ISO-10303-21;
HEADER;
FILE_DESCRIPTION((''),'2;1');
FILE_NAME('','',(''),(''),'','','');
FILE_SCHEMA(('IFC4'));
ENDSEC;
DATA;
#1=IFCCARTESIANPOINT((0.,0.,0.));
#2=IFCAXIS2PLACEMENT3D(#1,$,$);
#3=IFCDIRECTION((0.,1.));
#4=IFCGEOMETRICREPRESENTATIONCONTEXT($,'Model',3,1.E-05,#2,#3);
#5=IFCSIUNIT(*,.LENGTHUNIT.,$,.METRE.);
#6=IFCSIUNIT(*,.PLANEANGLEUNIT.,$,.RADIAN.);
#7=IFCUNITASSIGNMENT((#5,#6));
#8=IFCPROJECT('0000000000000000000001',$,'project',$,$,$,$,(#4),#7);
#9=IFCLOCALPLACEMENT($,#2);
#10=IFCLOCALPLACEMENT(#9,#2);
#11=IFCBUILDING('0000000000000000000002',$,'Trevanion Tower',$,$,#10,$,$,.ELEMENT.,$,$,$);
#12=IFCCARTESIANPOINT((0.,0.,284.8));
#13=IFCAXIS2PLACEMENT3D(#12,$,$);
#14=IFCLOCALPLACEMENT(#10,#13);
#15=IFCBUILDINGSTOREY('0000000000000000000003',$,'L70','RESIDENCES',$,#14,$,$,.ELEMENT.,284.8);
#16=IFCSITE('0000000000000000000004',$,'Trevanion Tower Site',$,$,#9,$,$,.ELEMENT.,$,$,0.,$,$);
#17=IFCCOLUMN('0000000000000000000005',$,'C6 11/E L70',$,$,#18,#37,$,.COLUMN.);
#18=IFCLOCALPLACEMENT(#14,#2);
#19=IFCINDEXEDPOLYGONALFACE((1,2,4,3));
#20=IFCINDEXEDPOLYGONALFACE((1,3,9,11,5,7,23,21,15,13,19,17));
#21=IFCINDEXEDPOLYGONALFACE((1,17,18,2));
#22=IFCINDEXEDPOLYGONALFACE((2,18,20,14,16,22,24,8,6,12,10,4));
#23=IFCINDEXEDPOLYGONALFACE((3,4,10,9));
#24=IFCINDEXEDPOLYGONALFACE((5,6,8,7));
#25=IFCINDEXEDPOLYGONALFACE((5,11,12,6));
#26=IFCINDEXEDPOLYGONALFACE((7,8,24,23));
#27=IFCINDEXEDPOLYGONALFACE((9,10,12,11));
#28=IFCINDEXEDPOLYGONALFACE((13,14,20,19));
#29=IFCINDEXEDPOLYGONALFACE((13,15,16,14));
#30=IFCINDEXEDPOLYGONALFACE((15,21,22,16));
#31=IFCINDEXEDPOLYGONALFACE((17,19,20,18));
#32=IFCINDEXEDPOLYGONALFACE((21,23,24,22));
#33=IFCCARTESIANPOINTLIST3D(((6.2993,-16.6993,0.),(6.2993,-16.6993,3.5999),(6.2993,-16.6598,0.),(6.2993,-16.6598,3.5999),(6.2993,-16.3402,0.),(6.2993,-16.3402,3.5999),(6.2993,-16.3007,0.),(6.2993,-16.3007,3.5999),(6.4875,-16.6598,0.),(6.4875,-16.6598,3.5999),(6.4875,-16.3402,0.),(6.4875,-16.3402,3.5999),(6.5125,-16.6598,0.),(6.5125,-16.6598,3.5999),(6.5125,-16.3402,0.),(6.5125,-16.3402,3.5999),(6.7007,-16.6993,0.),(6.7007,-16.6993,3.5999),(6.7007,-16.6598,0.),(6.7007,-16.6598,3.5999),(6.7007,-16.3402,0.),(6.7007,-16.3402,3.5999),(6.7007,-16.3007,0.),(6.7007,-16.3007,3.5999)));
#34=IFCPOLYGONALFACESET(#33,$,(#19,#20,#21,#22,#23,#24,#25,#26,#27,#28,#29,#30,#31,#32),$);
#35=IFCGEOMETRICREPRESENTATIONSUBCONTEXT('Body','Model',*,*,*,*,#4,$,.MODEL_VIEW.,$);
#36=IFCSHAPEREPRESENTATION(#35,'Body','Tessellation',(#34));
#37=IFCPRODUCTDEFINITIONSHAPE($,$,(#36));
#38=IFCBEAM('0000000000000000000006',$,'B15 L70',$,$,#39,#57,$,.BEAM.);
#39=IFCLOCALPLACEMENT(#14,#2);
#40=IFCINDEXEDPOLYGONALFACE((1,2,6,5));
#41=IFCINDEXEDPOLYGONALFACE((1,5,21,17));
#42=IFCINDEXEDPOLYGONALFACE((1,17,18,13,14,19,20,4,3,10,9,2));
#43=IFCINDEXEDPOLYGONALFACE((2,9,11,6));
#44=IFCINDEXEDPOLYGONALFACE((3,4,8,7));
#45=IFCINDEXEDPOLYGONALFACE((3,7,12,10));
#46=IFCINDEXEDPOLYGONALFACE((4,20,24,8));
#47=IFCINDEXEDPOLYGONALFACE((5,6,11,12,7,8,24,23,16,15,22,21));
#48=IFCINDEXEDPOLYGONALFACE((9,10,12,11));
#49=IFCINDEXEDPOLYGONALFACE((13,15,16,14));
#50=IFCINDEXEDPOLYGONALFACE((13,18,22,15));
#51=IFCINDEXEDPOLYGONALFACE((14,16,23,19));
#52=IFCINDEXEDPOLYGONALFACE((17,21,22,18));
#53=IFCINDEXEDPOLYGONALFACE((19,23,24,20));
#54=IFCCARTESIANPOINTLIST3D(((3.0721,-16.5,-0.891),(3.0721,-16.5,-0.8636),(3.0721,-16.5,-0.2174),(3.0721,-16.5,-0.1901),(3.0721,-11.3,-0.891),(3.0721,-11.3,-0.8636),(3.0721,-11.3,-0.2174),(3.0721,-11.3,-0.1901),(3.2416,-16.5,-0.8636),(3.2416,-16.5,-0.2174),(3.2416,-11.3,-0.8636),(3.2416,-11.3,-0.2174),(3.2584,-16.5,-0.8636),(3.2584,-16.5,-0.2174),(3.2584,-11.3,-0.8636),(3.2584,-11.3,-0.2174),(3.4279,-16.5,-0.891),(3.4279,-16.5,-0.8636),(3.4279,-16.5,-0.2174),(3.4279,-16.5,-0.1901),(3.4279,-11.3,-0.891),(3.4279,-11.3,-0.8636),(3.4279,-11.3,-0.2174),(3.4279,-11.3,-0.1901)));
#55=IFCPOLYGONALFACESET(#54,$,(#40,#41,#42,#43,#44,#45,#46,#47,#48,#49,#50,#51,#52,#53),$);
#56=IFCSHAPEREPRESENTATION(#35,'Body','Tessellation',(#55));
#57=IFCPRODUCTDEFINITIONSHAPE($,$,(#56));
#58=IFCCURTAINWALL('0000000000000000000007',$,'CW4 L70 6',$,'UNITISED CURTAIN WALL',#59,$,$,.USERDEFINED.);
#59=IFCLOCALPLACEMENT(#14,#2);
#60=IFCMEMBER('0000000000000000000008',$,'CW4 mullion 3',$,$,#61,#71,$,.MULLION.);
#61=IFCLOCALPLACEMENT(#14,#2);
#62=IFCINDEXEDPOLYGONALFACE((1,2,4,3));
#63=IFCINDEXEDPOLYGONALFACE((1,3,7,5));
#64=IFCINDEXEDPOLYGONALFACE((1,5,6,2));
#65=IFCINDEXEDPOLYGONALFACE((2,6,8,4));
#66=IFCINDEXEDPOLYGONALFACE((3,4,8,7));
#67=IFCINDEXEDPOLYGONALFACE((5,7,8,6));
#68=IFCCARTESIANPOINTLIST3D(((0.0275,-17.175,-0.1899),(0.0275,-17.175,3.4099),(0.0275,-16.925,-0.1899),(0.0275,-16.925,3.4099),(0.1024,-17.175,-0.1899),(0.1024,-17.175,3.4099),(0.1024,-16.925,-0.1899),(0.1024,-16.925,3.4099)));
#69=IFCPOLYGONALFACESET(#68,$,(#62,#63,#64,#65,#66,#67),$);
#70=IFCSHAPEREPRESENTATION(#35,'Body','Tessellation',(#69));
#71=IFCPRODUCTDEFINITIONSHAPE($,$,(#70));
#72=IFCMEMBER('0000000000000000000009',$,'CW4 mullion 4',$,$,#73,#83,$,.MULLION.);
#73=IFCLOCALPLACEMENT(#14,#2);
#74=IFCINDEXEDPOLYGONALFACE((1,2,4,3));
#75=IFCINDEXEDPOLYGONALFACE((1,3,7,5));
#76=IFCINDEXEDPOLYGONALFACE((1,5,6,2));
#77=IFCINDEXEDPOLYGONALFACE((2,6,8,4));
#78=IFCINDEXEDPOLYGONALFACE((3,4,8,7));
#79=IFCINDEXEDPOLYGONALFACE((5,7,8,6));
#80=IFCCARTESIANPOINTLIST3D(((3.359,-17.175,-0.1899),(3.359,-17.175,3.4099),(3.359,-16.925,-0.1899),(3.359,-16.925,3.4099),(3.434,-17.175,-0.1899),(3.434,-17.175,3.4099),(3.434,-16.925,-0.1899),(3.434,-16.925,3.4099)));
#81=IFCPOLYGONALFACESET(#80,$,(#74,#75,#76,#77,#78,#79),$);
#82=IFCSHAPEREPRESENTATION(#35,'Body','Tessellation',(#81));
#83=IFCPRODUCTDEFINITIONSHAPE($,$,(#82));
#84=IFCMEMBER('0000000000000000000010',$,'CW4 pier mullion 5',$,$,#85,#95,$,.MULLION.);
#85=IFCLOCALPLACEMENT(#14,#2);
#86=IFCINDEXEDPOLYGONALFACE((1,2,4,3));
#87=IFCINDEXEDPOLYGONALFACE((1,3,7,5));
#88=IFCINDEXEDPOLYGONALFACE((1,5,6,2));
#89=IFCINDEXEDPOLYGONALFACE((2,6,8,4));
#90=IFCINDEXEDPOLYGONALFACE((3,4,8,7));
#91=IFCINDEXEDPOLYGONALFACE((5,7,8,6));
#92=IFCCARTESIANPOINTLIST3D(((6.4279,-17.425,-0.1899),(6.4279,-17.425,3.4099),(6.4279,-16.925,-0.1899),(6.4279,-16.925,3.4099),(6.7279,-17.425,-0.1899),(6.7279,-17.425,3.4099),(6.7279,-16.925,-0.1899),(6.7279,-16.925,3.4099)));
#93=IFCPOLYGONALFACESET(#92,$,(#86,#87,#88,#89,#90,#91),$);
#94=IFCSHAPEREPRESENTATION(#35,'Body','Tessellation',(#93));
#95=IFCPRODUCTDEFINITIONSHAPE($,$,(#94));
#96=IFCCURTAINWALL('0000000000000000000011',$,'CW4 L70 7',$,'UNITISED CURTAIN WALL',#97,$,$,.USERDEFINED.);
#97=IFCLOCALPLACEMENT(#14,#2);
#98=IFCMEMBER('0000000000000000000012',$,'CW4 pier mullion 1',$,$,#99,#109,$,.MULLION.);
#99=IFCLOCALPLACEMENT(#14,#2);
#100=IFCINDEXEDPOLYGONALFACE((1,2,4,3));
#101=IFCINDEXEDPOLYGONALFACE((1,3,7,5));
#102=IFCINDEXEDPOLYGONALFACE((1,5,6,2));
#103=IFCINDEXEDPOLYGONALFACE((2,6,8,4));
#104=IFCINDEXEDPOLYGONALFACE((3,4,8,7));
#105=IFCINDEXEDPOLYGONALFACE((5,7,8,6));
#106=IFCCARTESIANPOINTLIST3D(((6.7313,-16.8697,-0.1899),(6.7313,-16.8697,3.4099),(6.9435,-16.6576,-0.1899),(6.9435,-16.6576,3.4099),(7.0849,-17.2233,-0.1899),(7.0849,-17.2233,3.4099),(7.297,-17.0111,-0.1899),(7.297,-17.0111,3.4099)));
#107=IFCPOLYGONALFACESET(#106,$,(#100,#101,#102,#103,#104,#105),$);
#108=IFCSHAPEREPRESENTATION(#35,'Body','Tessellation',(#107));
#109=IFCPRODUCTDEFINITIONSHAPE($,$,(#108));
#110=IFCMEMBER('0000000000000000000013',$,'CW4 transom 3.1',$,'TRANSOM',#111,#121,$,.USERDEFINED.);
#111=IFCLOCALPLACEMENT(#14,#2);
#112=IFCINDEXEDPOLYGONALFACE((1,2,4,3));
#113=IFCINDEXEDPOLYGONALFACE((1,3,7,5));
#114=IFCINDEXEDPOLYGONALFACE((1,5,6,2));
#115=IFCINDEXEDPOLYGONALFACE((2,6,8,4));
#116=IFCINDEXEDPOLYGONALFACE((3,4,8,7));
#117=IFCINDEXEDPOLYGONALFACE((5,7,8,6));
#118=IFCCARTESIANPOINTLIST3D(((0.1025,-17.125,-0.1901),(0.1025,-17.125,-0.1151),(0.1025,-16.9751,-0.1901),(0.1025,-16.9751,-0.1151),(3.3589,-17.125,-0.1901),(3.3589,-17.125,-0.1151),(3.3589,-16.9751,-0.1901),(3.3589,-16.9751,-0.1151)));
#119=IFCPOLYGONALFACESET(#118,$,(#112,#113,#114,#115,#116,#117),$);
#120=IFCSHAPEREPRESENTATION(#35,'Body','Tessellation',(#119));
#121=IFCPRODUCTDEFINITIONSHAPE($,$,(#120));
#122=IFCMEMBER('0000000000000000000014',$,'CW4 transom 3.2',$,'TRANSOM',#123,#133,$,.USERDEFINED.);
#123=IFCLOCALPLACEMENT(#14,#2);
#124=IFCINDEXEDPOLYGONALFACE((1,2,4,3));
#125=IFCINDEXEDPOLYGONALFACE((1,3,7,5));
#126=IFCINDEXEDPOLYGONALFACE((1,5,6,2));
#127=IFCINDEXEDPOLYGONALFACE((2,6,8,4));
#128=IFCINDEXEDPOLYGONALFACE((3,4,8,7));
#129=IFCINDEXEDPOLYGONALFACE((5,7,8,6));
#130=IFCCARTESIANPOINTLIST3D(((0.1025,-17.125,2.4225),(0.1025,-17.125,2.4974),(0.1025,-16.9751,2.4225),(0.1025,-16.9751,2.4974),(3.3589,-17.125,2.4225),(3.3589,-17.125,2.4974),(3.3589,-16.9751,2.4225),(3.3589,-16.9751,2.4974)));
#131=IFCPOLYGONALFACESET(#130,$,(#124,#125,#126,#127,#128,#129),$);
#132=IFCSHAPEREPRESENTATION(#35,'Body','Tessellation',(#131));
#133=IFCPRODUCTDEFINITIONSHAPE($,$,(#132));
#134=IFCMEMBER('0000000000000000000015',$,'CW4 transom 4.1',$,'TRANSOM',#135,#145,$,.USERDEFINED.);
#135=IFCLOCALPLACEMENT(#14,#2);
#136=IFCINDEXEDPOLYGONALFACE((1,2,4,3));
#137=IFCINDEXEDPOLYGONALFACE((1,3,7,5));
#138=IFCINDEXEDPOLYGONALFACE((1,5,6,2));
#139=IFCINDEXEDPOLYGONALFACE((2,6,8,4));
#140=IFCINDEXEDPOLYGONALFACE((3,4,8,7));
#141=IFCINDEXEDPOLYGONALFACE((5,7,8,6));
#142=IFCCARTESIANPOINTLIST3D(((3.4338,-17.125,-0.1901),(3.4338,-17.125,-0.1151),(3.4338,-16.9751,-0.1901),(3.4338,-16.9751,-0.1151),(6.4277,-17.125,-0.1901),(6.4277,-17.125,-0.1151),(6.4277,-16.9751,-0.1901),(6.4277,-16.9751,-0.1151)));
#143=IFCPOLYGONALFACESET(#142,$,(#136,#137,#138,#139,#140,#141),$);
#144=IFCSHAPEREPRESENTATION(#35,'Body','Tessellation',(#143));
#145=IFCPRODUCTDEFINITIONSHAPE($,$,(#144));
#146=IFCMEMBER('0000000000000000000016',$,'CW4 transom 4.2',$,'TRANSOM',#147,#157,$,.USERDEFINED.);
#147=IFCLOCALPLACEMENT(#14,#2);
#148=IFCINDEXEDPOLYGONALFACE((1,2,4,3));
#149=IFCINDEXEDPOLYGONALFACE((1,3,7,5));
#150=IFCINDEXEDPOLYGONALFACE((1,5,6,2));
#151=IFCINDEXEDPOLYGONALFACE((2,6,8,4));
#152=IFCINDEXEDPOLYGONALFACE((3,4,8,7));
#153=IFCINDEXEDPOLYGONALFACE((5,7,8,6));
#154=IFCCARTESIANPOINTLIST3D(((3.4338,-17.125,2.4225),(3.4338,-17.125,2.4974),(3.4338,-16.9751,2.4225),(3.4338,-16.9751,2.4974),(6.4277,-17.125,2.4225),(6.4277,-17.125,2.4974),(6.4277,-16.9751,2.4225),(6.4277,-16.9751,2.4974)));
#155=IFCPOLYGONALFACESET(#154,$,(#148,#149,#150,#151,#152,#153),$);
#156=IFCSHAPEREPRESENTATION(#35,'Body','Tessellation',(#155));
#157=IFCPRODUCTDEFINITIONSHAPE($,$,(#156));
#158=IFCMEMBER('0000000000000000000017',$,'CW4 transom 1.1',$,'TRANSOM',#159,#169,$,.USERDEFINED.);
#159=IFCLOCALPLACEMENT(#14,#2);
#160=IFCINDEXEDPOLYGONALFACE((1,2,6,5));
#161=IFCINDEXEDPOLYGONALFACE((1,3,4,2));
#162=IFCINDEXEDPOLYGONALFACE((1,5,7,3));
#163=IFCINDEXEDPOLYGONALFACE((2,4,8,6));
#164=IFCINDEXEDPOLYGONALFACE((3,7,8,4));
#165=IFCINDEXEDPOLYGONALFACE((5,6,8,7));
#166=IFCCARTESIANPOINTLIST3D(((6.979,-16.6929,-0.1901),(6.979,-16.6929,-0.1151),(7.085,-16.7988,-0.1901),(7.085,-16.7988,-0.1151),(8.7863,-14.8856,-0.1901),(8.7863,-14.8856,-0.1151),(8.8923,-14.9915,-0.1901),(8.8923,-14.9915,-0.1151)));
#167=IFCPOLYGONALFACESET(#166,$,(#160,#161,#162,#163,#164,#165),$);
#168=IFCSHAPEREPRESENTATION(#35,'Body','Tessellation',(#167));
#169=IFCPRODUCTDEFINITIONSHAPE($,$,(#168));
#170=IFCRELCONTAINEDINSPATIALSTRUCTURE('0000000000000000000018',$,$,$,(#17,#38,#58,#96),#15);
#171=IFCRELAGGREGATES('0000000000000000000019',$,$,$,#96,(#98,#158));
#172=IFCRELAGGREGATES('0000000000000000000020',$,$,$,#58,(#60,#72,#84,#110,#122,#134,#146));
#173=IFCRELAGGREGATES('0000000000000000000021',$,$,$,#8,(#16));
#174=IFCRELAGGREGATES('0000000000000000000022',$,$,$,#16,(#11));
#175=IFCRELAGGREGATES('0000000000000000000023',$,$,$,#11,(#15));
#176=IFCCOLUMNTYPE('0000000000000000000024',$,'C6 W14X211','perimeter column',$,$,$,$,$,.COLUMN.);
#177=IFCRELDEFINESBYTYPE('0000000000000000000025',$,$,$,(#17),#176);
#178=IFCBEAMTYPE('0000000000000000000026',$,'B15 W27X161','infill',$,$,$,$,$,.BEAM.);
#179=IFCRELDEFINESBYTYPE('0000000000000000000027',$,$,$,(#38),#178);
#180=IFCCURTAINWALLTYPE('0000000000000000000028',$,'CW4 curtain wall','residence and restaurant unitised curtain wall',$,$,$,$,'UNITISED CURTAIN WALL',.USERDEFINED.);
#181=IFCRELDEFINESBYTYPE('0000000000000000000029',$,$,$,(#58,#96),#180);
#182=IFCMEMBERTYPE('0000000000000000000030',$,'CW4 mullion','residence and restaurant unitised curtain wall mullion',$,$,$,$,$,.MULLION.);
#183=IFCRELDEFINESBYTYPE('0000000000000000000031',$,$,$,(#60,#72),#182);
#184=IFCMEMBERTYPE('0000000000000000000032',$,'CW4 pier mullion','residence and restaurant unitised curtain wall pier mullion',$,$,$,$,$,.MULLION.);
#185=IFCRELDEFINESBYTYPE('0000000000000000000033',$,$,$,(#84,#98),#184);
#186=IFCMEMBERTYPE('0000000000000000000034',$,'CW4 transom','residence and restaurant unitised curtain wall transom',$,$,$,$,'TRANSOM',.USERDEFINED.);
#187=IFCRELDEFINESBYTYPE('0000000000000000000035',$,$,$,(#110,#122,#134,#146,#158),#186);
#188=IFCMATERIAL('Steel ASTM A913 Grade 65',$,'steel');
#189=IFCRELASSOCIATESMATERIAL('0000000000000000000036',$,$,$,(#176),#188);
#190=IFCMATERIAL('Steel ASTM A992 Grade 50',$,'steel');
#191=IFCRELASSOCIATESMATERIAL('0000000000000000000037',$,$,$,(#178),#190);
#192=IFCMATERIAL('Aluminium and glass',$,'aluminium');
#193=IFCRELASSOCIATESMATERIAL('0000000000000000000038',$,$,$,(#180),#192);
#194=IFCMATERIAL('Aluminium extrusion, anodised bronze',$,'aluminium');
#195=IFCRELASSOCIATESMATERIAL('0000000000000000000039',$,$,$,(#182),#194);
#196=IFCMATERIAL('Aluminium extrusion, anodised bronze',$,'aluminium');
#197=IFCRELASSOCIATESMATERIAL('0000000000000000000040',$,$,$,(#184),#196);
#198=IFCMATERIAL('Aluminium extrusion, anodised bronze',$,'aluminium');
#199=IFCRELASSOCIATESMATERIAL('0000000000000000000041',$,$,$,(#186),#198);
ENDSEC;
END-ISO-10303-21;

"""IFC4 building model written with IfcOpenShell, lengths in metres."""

from ifc_helpers import new_model, si_unit, direction, frame, origin, origin_2d, place, context, subcontext, project, spatial, rectangle, i_section, extrude, material, material_profile, profile_set, type_object, element, aggregate, save


model = new_model("IFC4")

# Units and contexts
model_context = context("Model", 3, precision=1e-05, world=origin(), true_north=direction((0.0, 1.0)))
body_context = subcontext(model_context, "Body", "Model", "MODEL_VIEW")
ifc_project = project(units=[si_unit("LENGTHUNIT", "METRE"), si_unit("PLANEANGLEUNIT", "RADIAN")], contexts=[model_context])

# Site, building, storey
site_placement = place(None, origin())
site = spatial("IfcSite", under=ifc_project, at=site_placement, Name="Trevanion Tower Site", CompositionType="ELEMENT", RefElevation=0.0)
building_placement = place(site_placement, origin())
building = spatial("IfcBuilding", under=site, at=building_placement, Name="Trevanion Tower", CompositionType="ELEMENT")
storey_placement = place(building_placement, frame((0.0, 0.0, 284.8)))
storey = spatial("IfcBuildingStorey", under=building, at=storey_placement, Name="L70", Description="RESIDENCES", CompositionType="ELEMENT", Elevation=284.8)

# Column
ifc_material_1 = material(Name="Steel ASTM A913 Grade 65", Category="steel")
ifc_material_profile_1 = material_profile(ifc_material_1, i_section(OverallWidth=0.4014, OverallDepth=0.3987, WebThickness=0.0249, FlangeThickness=0.0396, at=origin_2d()), Name="W14X211")
ifc_profile_set_1 = profile_set([ifc_material_profile_1], Name="Steel ASTM A913 Grade 65")
column_type = type_object("IfcColumnType", Name="C6 W14X211", Description="perimeter column", PredefinedType="COLUMN", material=ifc_profile_set_1)
column_placement = place(storey_placement, frame((6.5, -16.5, 0.0), z_axis=(0.0, 0.0, 1.0), x_axis=(1.0, 0.0, 0.0)))
element("IfcColumn", 1, at=column_placement, inside=storey, type_object=column_type, Name="C6 11/E L70", PredefinedType="COLUMN", context=body_context, shape_type="SweptSolid", body=[
    extrude(i_section(OverallWidth=0.4014, OverallDepth=0.3987, WebThickness=0.0249, FlangeThickness=0.0396, at=origin_2d()), origin(), (0.0, 0.0, 1.0), 3.5999),
])

# Beam
ifc_material_2 = material(Name="Steel ASTM A992 Grade 50", Category="steel")
ifc_material_profile_2 = material_profile(ifc_material_2, i_section(OverallWidth=0.3557, OverallDepth=0.7009, WebThickness=0.0168, FlangeThickness=0.0273, at=origin_2d()), Name="W27X161")
ifc_profile_set_2 = profile_set([ifc_material_profile_2], Name="Steel ASTM A992 Grade 50")
beam_type_1 = type_object("IfcBeamType", Name="B15 W27X161", Description="infill", PredefinedType="BEAM", material=ifc_profile_set_2)
beam_1_placement = place(storey_placement, frame((3.25, -11.3, -0.5405), z_axis=(0.0, -1.0, 0.0), x_axis=(1.0, 0.0, 0.0)))
element("IfcBeam", 2, at=beam_1_placement, inside=storey, type_object=beam_type_1, Name="B15 L70", PredefinedType="BEAM", context=body_context, shape_type="SweptSolid", body=[
    extrude(i_section(OverallWidth=0.3557, OverallDepth=0.7009, WebThickness=0.0168, FlangeThickness=0.0273, at=origin_2d()), origin(), (0.0, 0.0, 1.0), 5.2),
])

# Curtain wall, members
ifc_material_3 = material(Name="Aluminium and glass", Category="aluminium")
curtain_wall_type = type_object("IfcCurtainWallType", Name="CW4 curtain wall", Description="residence and restaurant unitised curtain wall", ElementType="UNITISED CURTAIN WALL", PredefinedType="USERDEFINED", material=ifc_material_3)
curtain_wall_1_placement = place(storey_placement, origin())
curtain_wall_1 = element("IfcCurtainWall", 3, at=curtain_wall_1_placement, inside=storey, type_object=curtain_wall_type, Name="CW4 L70 6", ObjectType="UNITISED CURTAIN WALL", PredefinedType="USERDEFINED")
ifc_material_4 = material(Name="Aluminium extrusion, anodised bronze", Category="aluminium")
ifc_material_profile_3 = material_profile(ifc_material_4, rectangle(XDim=0.075, YDim=0.25, at=origin_2d()), Name="CW4 mullion")
ifc_profile_set_3 = profile_set([ifc_material_profile_3], Name="Aluminium extrusion, anodised bronze")
member_type_1 = type_object("IfcMemberType", Name="CW4 mullion", Description="residence and restaurant unitised curtain wall mullion", PredefinedType="MULLION", material=ifc_profile_set_3)
member_1_placement = place(storey_placement, frame((0.0649, -17.05, -0.1899), z_axis=(0.0, 0.0, 1.0), x_axis=(1.0, 0.0, 0.0)))
member_1 = element("IfcMember", 4, at=member_1_placement, type_object=member_type_1, Name="CW4 mullion 3", PredefinedType="MULLION", context=body_context, shape_type="SweptSolid", body=[
    extrude(rectangle(XDim=0.075, YDim=0.25, at=origin_2d()), origin(), (0.0, 0.0, 1.0), 3.5999),
])
member_2_placement = place(storey_placement, frame((3.3965, -17.05, -0.1899), z_axis=(0.0, 0.0, 1.0), x_axis=(1.0, 0.0, 0.0)))
member_2 = element("IfcMember", 5, at=member_2_placement, type_object=member_type_1, Name="CW4 mullion 4", PredefinedType="MULLION", context=body_context, shape_type="SweptSolid", body=[
    extrude(rectangle(XDim=0.075, YDim=0.25, at=origin_2d()), origin(), (0.0, 0.0, 1.0), 3.5999),
])
ifc_material_5 = material(Name="Aluminium extrusion, anodised bronze", Category="aluminium")
ifc_material_profile_4 = material_profile(ifc_material_5, rectangle(XDim=0.3, YDim=0.5, at=origin_2d()), Name="CW4 pier mullion")
ifc_profile_set_4 = profile_set([ifc_material_profile_4], Name="Aluminium extrusion, anodised bronze")
member_type_2 = type_object("IfcMemberType", Name="CW4 pier mullion", Description="residence and restaurant unitised curtain wall pier mullion", PredefinedType="MULLION", material=ifc_profile_set_4)
member_3_placement = place(storey_placement, frame((6.5779, -17.175, -0.1899), z_axis=(0.0, 0.0, 1.0), x_axis=(1.0, 0.0, 0.0)))
member_3 = element("IfcMember", 6, at=member_3_placement, type_object=member_type_2, Name="CW4 pier mullion 5", PredefinedType="MULLION", context=body_context, shape_type="SweptSolid", body=[
    extrude(rectangle(XDim=0.3, YDim=0.5, at=origin_2d()), origin(), (0.0, 0.0, 1.0), 3.5999),
])

# Curtain wall, member
curtain_wall_2_placement = place(storey_placement, origin())
curtain_wall_2 = element("IfcCurtainWall", 7, at=curtain_wall_2_placement, inside=storey, type_object=curtain_wall_type, Name="CW4 L70 7", ObjectType="UNITISED CURTAIN WALL", PredefinedType="USERDEFINED")
member_4_placement = place(storey_placement, frame((7.0142, -16.9404, -0.1899), z_axis=(0.0, 0.0, 1.0), x_axis=(0.707107, 0.707107, 0.0)))
member_4 = element("IfcMember", 8, at=member_4_placement, type_object=member_type_2, Name="CW4 pier mullion 1", PredefinedType="MULLION", context=body_context, shape_type="SweptSolid", body=[
    extrude(rectangle(XDim=0.3, YDim=0.5, at=origin_2d()), origin(), (0.0, 0.0, 1.0), 3.5999),
])

# Members
ifc_material_6 = material(Name="Aluminium extrusion, anodised bronze", Category="aluminium")
ifc_material_profile_5 = material_profile(ifc_material_6, rectangle(XDim=0.1499, YDim=0.075, at=origin_2d()), Name="CW4 transom")
ifc_profile_set_5 = profile_set([ifc_material_profile_5], Name="Aluminium extrusion, anodised bronze")
member_type_3 = type_object("IfcMemberType", Name="CW4 transom", Description="residence and restaurant unitised curtain wall transom", ElementType="TRANSOM", PredefinedType="USERDEFINED", material=ifc_profile_set_5)
member_5_placement = place(storey_placement, frame((0.1025, -17.05, -0.1526), z_axis=(1.0, 0.0, 0.0), x_axis=(0.0, 1.0, 0.0)))
member_5 = element("IfcMember", 9, at=member_5_placement, type_object=member_type_3, Name="CW4 transom 3.1", ObjectType="TRANSOM", PredefinedType="USERDEFINED", context=body_context, shape_type="SweptSolid", body=[
    extrude(rectangle(XDim=0.1499, YDim=0.075, at=origin_2d()), origin(), (0.0, 0.0, 1.0), 3.2563),
])
member_6_placement = place(storey_placement, frame((0.1025, -17.05, 2.46), z_axis=(1.0, 0.0, 0.0), x_axis=(0.0, 1.0, 0.0)))
member_6 = element("IfcMember", 10, at=member_6_placement, type_object=member_type_3, Name="CW4 transom 3.2", ObjectType="TRANSOM", PredefinedType="USERDEFINED", context=body_context, shape_type="SweptSolid", body=[
    extrude(rectangle(XDim=0.1499, YDim=0.075, at=origin_2d()), origin(), (0.0, 0.0, 1.0), 3.2563),
])
member_7_placement = place(storey_placement, frame((3.4338, -17.05, -0.1526), z_axis=(1.0, 0.0, 0.0), x_axis=(0.0, 1.0, 0.0)))
member_7 = element("IfcMember", 11, at=member_7_placement, type_object=member_type_3, Name="CW4 transom 4.1", ObjectType="TRANSOM", PredefinedType="USERDEFINED", context=body_context, shape_type="SweptSolid", body=[
    extrude(rectangle(XDim=0.1499, YDim=0.075, at=origin_2d()), origin(), (0.0, 0.0, 1.0), 2.9939),
])
member_8_placement = place(storey_placement, frame((3.4338, -17.05, 2.46), z_axis=(1.0, 0.0, 0.0), x_axis=(0.0, 1.0, 0.0)))
member_8 = element("IfcMember", 12, at=member_8_placement, type_object=member_type_3, Name="CW4 transom 4.2", ObjectType="TRANSOM", PredefinedType="USERDEFINED", context=body_context, shape_type="SweptSolid", body=[
    extrude(rectangle(XDim=0.1499, YDim=0.075, at=origin_2d()), origin(), (0.0, 0.0, 1.0), 2.9939),
])
member_9_placement = place(storey_placement, frame((7.032, -16.7458, -0.1526), z_axis=(0.707107, 0.707107, 0.0), x_axis=(-0.707107, 0.707107, 0.0)))
member_9 = element("IfcMember", 13, at=member_9_placement, type_object=member_type_3, Name="CW4 transom 1.1", ObjectType="TRANSOM", PredefinedType="USERDEFINED", context=body_context, shape_type="SweptSolid", body=[
    extrude(rectangle(XDim=0.1499, YDim=0.075, at=origin_2d()), origin(), (0.0, 0.0, 1.0), 2.5559),
])
aggregate(curtain_wall_2, [member_4, member_9])

aggregate(curtain_wall_1, [member_1, member_2, member_3, member_5, member_6, member_7, member_8])

save(model, "model.ifc")
